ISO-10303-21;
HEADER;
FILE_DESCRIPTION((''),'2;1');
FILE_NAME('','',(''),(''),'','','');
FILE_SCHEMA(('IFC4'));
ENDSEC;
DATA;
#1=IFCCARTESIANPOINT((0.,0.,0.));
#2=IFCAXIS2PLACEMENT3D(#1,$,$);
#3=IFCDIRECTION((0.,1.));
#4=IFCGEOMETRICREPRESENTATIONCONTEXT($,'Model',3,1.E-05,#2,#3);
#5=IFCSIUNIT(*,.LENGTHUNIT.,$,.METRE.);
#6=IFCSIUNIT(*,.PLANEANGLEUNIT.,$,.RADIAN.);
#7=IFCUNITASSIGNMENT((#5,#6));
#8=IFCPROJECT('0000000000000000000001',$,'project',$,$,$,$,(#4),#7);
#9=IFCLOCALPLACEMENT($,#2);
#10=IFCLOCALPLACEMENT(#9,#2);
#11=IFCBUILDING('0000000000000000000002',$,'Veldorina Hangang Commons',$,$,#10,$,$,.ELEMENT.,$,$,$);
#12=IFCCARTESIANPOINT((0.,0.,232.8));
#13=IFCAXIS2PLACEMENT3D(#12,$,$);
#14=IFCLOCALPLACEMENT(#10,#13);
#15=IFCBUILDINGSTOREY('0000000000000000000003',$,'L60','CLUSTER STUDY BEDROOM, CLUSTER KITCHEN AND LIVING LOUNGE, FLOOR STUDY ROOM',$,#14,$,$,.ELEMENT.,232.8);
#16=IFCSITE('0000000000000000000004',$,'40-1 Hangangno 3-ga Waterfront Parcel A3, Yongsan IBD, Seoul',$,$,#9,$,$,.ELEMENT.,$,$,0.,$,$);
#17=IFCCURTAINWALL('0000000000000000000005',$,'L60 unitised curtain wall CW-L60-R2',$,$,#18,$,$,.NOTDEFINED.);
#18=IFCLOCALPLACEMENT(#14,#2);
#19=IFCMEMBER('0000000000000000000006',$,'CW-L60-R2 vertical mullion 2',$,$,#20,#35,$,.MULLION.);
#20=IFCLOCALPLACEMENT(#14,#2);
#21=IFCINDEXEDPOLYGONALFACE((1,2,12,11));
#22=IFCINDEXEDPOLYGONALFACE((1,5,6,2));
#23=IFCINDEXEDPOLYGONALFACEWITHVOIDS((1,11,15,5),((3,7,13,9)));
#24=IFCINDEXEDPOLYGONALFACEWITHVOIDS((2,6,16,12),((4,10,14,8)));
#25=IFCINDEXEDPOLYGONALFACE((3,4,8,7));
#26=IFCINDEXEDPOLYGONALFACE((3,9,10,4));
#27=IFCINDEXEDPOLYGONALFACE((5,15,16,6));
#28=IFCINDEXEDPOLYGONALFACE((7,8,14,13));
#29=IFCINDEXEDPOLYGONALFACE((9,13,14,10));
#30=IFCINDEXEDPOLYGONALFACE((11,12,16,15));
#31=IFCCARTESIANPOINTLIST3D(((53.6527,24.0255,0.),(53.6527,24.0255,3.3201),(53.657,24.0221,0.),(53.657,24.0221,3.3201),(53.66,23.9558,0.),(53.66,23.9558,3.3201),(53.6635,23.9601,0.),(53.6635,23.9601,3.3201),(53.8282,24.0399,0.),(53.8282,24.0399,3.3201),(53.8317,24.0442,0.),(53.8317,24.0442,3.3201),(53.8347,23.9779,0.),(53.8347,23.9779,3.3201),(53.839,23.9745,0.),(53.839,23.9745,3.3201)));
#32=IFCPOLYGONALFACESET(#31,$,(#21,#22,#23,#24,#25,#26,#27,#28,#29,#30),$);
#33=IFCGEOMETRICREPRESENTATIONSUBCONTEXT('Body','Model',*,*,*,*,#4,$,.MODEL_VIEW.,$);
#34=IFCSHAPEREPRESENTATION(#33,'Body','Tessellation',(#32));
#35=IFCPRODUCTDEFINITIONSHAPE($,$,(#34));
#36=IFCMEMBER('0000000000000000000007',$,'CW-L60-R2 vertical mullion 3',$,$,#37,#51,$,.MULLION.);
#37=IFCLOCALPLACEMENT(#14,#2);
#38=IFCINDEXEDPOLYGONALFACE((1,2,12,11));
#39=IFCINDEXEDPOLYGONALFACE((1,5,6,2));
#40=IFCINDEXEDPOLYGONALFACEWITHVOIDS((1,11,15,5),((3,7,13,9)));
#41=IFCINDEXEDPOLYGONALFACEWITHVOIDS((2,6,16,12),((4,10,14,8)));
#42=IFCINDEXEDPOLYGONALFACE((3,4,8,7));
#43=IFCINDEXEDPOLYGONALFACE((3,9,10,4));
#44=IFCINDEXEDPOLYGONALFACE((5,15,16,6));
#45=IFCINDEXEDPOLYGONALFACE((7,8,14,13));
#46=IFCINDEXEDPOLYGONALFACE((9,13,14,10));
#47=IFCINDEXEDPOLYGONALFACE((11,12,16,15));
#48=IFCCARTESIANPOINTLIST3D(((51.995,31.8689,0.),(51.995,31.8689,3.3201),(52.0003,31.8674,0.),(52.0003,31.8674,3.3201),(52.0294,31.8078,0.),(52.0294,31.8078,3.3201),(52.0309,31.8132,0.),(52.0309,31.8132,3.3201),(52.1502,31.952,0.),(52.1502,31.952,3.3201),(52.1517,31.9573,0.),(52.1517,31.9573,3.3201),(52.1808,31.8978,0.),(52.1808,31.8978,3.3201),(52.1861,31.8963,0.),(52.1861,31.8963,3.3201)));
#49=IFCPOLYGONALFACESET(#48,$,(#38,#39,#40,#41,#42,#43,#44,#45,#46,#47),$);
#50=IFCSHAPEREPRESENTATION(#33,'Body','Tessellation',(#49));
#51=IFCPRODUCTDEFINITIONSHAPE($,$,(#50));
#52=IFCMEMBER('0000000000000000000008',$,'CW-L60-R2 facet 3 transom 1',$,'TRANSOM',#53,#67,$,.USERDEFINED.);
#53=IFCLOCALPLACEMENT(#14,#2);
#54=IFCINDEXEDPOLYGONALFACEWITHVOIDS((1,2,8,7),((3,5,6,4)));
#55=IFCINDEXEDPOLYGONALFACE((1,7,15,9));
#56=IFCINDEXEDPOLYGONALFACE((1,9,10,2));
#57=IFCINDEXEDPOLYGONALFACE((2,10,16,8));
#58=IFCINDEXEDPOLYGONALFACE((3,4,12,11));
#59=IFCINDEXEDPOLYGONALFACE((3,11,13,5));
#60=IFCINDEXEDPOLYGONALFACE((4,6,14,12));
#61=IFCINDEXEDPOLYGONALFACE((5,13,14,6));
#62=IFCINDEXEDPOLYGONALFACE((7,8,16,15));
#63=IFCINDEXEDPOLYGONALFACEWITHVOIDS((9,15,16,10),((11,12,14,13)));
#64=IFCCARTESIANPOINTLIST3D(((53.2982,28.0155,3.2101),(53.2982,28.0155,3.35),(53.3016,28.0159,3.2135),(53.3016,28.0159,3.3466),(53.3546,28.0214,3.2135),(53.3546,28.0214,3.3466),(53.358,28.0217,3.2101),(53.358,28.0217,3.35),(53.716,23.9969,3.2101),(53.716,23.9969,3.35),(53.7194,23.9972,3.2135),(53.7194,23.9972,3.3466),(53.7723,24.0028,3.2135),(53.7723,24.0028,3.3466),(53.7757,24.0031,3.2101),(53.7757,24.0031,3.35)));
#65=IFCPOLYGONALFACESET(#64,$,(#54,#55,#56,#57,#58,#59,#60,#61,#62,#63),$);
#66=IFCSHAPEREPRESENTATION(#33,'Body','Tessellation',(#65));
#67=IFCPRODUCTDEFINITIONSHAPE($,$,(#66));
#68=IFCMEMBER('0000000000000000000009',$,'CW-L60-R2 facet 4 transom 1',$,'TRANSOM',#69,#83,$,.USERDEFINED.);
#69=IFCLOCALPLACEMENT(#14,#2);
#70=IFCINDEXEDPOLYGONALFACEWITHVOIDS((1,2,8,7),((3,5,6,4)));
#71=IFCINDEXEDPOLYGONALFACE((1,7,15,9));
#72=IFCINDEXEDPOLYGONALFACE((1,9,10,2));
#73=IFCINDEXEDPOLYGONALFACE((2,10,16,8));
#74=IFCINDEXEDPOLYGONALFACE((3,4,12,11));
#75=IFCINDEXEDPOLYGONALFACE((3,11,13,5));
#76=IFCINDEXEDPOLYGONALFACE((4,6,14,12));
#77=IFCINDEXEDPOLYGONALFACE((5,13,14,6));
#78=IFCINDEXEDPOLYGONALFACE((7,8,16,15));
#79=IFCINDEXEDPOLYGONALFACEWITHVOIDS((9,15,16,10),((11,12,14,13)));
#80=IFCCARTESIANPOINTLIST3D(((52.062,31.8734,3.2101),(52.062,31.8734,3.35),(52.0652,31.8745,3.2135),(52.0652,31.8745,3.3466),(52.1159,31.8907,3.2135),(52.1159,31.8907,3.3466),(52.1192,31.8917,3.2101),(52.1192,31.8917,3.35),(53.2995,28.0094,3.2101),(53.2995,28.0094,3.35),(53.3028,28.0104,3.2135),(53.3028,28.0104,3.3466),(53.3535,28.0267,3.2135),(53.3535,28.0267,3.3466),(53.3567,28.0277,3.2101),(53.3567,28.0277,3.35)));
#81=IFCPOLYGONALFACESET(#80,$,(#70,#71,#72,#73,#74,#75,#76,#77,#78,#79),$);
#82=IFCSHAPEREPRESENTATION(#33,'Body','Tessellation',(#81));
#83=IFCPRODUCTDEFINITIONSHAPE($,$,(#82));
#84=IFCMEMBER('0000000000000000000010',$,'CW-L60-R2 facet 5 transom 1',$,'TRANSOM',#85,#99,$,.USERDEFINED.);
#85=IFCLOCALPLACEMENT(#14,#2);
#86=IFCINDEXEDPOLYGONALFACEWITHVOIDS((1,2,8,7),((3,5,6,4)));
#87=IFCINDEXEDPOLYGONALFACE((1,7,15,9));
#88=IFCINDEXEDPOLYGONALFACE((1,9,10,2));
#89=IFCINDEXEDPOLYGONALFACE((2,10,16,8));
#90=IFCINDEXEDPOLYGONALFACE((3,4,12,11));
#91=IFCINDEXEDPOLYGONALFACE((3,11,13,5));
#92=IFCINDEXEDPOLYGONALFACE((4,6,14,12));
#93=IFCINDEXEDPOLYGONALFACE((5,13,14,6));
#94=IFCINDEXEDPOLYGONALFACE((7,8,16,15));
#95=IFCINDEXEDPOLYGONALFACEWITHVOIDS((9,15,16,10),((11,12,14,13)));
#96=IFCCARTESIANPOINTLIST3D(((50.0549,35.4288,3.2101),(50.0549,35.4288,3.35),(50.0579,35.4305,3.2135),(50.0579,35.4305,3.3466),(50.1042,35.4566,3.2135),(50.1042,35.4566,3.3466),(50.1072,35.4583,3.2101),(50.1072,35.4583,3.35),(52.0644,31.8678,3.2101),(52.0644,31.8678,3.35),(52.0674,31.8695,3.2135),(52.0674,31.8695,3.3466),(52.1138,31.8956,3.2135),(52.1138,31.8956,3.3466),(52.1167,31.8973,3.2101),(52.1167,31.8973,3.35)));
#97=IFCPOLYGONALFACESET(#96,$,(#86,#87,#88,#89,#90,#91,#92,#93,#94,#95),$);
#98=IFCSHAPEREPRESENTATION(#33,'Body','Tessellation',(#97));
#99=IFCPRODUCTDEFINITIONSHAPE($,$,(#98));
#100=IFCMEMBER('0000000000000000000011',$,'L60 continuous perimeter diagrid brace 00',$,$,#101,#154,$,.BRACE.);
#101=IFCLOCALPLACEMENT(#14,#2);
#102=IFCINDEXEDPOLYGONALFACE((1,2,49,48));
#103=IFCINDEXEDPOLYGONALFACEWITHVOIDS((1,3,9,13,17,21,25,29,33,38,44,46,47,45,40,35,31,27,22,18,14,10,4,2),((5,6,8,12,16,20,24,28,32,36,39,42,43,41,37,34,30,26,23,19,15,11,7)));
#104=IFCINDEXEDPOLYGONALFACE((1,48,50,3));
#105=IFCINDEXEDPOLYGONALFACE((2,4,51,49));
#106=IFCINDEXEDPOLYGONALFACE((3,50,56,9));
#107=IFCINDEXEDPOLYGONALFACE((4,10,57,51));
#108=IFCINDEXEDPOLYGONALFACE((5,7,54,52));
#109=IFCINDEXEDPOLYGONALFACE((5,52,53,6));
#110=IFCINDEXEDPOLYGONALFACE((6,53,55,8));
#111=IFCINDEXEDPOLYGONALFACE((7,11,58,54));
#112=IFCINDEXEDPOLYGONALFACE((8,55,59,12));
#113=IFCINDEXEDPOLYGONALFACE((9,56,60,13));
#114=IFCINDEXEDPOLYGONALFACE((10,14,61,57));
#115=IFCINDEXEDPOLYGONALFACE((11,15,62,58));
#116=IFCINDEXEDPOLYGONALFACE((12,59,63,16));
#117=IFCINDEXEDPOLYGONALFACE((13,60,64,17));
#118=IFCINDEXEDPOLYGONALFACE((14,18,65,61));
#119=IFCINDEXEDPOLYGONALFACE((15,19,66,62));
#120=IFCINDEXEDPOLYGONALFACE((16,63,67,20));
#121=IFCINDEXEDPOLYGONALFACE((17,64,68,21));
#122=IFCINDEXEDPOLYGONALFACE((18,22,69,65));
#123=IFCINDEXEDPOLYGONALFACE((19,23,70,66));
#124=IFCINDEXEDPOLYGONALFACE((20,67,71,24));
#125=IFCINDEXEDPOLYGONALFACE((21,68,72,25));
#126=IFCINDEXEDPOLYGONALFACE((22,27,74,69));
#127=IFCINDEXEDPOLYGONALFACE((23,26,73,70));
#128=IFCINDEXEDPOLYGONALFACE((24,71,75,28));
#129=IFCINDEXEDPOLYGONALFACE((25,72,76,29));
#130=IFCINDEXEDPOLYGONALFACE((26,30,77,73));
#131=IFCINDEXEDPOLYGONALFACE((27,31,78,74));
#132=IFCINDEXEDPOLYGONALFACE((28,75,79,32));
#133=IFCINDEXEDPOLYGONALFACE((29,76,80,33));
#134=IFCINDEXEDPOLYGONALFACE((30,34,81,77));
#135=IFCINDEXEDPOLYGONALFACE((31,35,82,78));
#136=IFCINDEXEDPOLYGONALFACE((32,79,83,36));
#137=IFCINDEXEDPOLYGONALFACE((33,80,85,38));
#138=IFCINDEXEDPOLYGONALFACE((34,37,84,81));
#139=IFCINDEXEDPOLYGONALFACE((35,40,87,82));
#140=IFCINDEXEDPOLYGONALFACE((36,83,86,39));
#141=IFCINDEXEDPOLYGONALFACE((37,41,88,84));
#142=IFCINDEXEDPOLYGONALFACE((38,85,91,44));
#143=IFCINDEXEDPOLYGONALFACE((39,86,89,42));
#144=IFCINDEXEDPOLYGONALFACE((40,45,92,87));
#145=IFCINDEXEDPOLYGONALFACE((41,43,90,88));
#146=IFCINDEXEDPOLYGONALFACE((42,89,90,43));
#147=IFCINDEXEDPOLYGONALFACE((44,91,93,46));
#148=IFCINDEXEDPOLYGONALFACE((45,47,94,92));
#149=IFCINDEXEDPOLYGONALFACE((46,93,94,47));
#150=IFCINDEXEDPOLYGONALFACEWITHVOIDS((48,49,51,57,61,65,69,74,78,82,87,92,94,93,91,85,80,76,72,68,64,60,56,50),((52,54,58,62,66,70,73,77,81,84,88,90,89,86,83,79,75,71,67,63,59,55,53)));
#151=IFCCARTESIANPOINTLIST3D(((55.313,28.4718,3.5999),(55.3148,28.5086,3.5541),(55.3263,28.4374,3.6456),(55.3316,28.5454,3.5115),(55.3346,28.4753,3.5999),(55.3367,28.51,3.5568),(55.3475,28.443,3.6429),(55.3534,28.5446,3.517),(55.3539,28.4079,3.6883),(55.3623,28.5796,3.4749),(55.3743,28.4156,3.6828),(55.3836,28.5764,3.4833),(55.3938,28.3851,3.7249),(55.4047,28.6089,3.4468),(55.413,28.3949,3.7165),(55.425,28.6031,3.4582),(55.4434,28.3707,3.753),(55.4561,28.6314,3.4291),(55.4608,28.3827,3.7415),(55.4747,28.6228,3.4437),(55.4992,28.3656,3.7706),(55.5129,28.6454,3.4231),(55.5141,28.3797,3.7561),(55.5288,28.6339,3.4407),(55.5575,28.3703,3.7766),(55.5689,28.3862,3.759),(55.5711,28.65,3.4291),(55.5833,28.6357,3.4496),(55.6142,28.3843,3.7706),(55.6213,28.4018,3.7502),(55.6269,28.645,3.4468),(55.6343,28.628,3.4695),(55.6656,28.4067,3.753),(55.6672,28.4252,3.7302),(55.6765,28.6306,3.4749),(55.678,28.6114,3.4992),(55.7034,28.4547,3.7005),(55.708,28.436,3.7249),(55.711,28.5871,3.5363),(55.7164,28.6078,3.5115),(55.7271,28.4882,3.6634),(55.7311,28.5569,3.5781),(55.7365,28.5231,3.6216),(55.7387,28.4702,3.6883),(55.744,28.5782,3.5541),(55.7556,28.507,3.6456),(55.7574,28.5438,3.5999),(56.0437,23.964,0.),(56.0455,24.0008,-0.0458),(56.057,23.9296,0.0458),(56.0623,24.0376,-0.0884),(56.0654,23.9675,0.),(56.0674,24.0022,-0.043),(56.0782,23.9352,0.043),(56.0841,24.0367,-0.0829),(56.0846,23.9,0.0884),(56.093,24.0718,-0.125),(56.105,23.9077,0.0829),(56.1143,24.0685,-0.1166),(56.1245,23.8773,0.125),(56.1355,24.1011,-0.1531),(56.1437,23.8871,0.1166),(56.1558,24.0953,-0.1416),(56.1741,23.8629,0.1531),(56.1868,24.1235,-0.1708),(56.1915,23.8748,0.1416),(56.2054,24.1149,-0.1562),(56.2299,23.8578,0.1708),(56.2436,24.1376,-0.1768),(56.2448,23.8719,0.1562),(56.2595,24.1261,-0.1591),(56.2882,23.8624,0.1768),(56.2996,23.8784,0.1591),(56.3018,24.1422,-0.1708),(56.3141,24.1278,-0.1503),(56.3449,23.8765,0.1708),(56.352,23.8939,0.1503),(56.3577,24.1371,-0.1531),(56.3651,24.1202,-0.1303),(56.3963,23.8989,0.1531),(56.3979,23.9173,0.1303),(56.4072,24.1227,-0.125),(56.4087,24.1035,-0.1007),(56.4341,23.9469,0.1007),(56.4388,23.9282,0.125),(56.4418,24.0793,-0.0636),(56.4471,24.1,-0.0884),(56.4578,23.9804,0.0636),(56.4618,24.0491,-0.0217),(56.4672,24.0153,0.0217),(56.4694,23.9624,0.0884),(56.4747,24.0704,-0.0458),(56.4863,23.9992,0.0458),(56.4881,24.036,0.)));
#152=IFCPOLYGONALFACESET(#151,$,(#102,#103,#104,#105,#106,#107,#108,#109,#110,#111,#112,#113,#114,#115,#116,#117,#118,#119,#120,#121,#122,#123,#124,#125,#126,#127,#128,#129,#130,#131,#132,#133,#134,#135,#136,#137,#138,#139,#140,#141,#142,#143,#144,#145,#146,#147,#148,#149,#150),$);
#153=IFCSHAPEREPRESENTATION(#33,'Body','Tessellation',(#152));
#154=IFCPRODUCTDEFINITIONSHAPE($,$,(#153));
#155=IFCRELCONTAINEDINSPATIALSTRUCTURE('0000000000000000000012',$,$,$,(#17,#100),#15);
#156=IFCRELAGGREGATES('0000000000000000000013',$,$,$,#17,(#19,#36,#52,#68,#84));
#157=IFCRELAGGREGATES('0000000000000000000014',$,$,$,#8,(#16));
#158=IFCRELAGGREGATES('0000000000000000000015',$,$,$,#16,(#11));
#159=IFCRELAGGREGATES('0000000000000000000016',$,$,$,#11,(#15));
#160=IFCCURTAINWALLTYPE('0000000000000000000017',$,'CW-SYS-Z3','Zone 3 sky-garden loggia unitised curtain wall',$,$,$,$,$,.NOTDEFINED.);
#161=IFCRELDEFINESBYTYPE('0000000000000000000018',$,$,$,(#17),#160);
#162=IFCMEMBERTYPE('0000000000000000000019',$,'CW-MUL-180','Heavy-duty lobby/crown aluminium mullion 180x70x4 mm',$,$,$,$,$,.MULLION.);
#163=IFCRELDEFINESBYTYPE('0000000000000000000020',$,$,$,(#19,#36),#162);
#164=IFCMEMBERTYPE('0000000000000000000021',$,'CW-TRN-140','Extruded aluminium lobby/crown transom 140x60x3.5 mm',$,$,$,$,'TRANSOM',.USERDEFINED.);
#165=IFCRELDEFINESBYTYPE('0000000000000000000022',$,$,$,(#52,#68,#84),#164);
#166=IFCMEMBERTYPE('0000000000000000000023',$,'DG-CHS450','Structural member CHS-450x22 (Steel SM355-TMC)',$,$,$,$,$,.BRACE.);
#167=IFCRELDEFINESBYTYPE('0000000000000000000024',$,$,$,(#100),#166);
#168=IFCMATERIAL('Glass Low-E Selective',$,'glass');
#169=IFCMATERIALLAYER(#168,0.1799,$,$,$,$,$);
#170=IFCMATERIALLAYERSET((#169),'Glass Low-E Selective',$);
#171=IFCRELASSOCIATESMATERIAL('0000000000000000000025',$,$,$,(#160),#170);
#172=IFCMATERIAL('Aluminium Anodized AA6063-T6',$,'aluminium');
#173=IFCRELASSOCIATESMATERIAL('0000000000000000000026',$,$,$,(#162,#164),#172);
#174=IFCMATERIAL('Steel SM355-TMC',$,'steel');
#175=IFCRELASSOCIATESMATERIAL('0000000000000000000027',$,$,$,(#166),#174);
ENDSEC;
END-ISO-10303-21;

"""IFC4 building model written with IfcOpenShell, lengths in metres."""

from ifc_helpers import new_model, si_unit, direction, frame, origin, origin_2d, place, context, subcontext, project, spatial, hollow_rectangle, hollow_circle, extrude, material, layer, layer_set, material_profile, profile_set, type_object, element, aggregate, save


model = new_model("IFC4")

# Units and contexts
model_context = context("Model", 3, precision=1e-05, world=origin(), true_north=direction((0.0, 1.0)))
body_context = subcontext(model_context, "Body", "Model", "MODEL_VIEW")
ifc_project = project(units=[si_unit("LENGTHUNIT", "METRE"), si_unit("PLANEANGLEUNIT", "RADIAN")], contexts=[model_context])

# Site, building, storey
site_placement = place(None, origin())
site = spatial("IfcSite", under=ifc_project, at=site_placement, Name="40-1 Hangangno 3-ga Waterfront Parcel A3, Yongsan IBD, Seoul", CompositionType="ELEMENT", RefElevation=0.0)
building_placement = place(site_placement, origin())
building = spatial("IfcBuilding", under=site, at=building_placement, Name="Veldorina Hangang Commons", CompositionType="ELEMENT")
storey_placement = place(building_placement, frame((0.0, 0.0, 232.8)))
storey = spatial("IfcBuildingStorey", under=building, at=storey_placement, Name="L60", Description="CLUSTER STUDY BEDROOM, CLUSTER KITCHEN AND LIVING LOUNGE, FLOOR STUDY ROOM", CompositionType="ELEMENT", Elevation=232.8)

# Shared definitions
ifc_material_1 = material(Name="Steel SM355-TMC", Category="steel")

# Curtain wall, members
ifc_material_2 = material(Name="Glass Low-E Selective", Category="glass")
ifc_layer_1 = layer(ifc_material_2, 0.1799)
ifc_layer_set_1 = layer_set([ifc_layer_1], Name="Glass Low-E Selective")
curtain_wall_type = type_object("IfcCurtainWallType", Name="CW-SYS-Z3", Description="Zone 3 sky-garden loggia unitised curtain wall", PredefinedType="NOTDEFINED", material=ifc_layer_set_1)
curtain_wall_placement = place(storey_placement, origin())
curtain_wall = element("IfcCurtainWall", 1, at=curtain_wall_placement, inside=storey, type_object=curtain_wall_type, Name="L60 unitised curtain wall CW-L60-R2", PredefinedType="NOTDEFINED")
ifc_material_3 = material(Name="Aluminium Anodized AA6063-T6", Category="aluminium")
ifc_material_profile_1 = material_profile(ifc_material_3, hollow_rectangle(XDim=0.0701, YDim=0.1799, WallThickness=0.0039, at=origin_2d()), Name="ALU-RHS-180x70x4")
ifc_profile_set_1 = profile_set([ifc_material_profile_1], Name="Aluminium Anodized AA6063-T6")
member_type_1 = type_object("IfcMemberType", Name="CW-MUL-180", Description="Heavy-duty lobby/crown aluminium mullion 180x70x4 mm", PredefinedType="MULLION", material=ifc_profile_set_1)
member_1_placement = place(storey_placement, frame((53.7458, 24.0, 0.0), z_axis=(0.0, 0.0, 1.0), x_axis=(-0.103418, 0.994638, 0.0)))
member_1 = element("IfcMember", 2, at=member_1_placement, type_object=member_type_1, Name="CW-L60-R2 vertical mullion 2", PredefinedType="MULLION", context=body_context, shape_type="SweptSolid", body=[
    extrude(hollow_rectangle(XDim=0.0701, YDim=0.1799, WallThickness=0.0039, at=origin_2d()), origin(), (0.0, 0.0, 1.0), 3.3201),
])
member_2_placement = place(storey_placement, frame((52.0906, 31.8826, 0.0), z_axis=(0.0, 0.0, 1.0), x_axis=(-0.491451, 0.870905, 0.0)))
member_2 = element("IfcMember", 3, at=member_2_placement, type_object=member_type_1, Name="CW-L60-R2 vertical mullion 3", PredefinedType="MULLION", context=body_context, shape_type="SweptSolid", body=[
    extrude(hollow_rectangle(XDim=0.0701, YDim=0.1799, WallThickness=0.0039, at=origin_2d()), origin(), (0.0, 0.0, 1.0), 3.3201),
])
ifc_material_profile_2 = material_profile(ifc_material_3, hollow_rectangle(XDim=0.0601, YDim=0.1399, WallThickness=0.0034, at=origin_2d()), Name="ALU-RHS-140x60x3.5")
ifc_profile_set_2 = profile_set([ifc_material_profile_2], Name="Aluminium Anodized AA6063-T6")
member_type_2 = type_object("IfcMemberType", Name="CW-TRN-140", Description="Extruded aluminium lobby/crown transom 140x60x3.5 mm", ElementType="TRANSOM", PredefinedType="USERDEFINED", material=ifc_profile_set_2)
member_3_placement = place(storey_placement, frame((53.7458, 24.0, 3.28), z_axis=(-0.103392, 0.994641, 0.0), x_axis=(-0.994641, -0.103392, 0.0)))
member_3 = element("IfcMember", 4, at=member_3_placement, type_object=member_type_2, Name="CW-L60-R2 facet 3 transom 1", ObjectType="TRANSOM", PredefinedType="USERDEFINED", context=body_context, shape_type="SweptSolid", body=[
    extrude(hollow_rectangle(XDim=0.0601, YDim=0.1399, WallThickness=0.0034, at=origin_2d()), origin(), (0.0, 0.0, 1.0), 4.0403),
])
member_4_placement = place(storey_placement, frame((53.3281, 28.0186, 3.28), z_axis=(-0.305014, 0.952348, 0.0), x_axis=(-0.952348, -0.305014, 0.0)))
member_4 = element("IfcMember", 5, at=member_4_placement, type_object=member_type_2, Name="CW-L60-R2 facet 4 transom 1", ObjectType="TRANSOM", PredefinedType="USERDEFINED", context=body_context, shape_type="SweptSolid", body=[
    extrude(hollow_rectangle(XDim=0.0601, YDim=0.1399, WallThickness=0.0034, at=origin_2d()), origin(), (0.0, 0.0, 1.0), 4.0574),
])
member_5_placement = place(storey_placement, frame((52.0906, 31.8826, 3.28), z_axis=(-0.491457, 0.870902, 0.0), x_axis=(-0.870902, -0.491457, 0.0)))
member_5 = element("IfcMember", 6, at=member_5_placement, type_object=member_type_2, Name="CW-L60-R2 facet 5 transom 1", ObjectType="TRANSOM", PredefinedType="USERDEFINED", context=body_context, shape_type="SweptSolid", body=[
    extrude(hollow_rectangle(XDim=0.0601, YDim=0.1399, WallThickness=0.0034, at=origin_2d()), origin(), (0.0, 0.0, 1.0), 4.0889),
])

# Member
ifc_material_profile_3 = material_profile(ifc_material_1, hollow_circle(Radius=0.2251, WallThickness=0.022, at=origin_2d()), Name="CHS-450x22")
ifc_profile_set_3 = profile_set([ifc_material_profile_3], Name="Steel SM355-TMC")
member_type_3 = type_object("IfcMemberType", Name="DG-CHS450", Description="Structural member CHS-450x22 (Steel SM355-TMC)", PredefinedType="BRACE", material=ifc_profile_set_3)
member_6_placement = place(storey_placement, frame((56.2659, 24.0, 0.0), z_axis=(-0.125662, 0.775215, 0.619072), x_axis=(-0.987115, -0.160011, 0.0)))
element("IfcMember", 7, at=member_6_placement, inside=storey, type_object=member_type_3, Name="L60 continuous perimeter diagrid brace 00", PredefinedType="BRACE", context=body_context, shape_type="SweptSolid", body=[
    extrude(hollow_circle(Radius=0.2251, WallThickness=0.022, at=origin_2d()), origin(), (0.0, 0.0, 1.0), 5.8149),
])

aggregate(curtain_wall, [member_1, member_2, member_3, member_4, member_5])

save(model, "model.ifc")
